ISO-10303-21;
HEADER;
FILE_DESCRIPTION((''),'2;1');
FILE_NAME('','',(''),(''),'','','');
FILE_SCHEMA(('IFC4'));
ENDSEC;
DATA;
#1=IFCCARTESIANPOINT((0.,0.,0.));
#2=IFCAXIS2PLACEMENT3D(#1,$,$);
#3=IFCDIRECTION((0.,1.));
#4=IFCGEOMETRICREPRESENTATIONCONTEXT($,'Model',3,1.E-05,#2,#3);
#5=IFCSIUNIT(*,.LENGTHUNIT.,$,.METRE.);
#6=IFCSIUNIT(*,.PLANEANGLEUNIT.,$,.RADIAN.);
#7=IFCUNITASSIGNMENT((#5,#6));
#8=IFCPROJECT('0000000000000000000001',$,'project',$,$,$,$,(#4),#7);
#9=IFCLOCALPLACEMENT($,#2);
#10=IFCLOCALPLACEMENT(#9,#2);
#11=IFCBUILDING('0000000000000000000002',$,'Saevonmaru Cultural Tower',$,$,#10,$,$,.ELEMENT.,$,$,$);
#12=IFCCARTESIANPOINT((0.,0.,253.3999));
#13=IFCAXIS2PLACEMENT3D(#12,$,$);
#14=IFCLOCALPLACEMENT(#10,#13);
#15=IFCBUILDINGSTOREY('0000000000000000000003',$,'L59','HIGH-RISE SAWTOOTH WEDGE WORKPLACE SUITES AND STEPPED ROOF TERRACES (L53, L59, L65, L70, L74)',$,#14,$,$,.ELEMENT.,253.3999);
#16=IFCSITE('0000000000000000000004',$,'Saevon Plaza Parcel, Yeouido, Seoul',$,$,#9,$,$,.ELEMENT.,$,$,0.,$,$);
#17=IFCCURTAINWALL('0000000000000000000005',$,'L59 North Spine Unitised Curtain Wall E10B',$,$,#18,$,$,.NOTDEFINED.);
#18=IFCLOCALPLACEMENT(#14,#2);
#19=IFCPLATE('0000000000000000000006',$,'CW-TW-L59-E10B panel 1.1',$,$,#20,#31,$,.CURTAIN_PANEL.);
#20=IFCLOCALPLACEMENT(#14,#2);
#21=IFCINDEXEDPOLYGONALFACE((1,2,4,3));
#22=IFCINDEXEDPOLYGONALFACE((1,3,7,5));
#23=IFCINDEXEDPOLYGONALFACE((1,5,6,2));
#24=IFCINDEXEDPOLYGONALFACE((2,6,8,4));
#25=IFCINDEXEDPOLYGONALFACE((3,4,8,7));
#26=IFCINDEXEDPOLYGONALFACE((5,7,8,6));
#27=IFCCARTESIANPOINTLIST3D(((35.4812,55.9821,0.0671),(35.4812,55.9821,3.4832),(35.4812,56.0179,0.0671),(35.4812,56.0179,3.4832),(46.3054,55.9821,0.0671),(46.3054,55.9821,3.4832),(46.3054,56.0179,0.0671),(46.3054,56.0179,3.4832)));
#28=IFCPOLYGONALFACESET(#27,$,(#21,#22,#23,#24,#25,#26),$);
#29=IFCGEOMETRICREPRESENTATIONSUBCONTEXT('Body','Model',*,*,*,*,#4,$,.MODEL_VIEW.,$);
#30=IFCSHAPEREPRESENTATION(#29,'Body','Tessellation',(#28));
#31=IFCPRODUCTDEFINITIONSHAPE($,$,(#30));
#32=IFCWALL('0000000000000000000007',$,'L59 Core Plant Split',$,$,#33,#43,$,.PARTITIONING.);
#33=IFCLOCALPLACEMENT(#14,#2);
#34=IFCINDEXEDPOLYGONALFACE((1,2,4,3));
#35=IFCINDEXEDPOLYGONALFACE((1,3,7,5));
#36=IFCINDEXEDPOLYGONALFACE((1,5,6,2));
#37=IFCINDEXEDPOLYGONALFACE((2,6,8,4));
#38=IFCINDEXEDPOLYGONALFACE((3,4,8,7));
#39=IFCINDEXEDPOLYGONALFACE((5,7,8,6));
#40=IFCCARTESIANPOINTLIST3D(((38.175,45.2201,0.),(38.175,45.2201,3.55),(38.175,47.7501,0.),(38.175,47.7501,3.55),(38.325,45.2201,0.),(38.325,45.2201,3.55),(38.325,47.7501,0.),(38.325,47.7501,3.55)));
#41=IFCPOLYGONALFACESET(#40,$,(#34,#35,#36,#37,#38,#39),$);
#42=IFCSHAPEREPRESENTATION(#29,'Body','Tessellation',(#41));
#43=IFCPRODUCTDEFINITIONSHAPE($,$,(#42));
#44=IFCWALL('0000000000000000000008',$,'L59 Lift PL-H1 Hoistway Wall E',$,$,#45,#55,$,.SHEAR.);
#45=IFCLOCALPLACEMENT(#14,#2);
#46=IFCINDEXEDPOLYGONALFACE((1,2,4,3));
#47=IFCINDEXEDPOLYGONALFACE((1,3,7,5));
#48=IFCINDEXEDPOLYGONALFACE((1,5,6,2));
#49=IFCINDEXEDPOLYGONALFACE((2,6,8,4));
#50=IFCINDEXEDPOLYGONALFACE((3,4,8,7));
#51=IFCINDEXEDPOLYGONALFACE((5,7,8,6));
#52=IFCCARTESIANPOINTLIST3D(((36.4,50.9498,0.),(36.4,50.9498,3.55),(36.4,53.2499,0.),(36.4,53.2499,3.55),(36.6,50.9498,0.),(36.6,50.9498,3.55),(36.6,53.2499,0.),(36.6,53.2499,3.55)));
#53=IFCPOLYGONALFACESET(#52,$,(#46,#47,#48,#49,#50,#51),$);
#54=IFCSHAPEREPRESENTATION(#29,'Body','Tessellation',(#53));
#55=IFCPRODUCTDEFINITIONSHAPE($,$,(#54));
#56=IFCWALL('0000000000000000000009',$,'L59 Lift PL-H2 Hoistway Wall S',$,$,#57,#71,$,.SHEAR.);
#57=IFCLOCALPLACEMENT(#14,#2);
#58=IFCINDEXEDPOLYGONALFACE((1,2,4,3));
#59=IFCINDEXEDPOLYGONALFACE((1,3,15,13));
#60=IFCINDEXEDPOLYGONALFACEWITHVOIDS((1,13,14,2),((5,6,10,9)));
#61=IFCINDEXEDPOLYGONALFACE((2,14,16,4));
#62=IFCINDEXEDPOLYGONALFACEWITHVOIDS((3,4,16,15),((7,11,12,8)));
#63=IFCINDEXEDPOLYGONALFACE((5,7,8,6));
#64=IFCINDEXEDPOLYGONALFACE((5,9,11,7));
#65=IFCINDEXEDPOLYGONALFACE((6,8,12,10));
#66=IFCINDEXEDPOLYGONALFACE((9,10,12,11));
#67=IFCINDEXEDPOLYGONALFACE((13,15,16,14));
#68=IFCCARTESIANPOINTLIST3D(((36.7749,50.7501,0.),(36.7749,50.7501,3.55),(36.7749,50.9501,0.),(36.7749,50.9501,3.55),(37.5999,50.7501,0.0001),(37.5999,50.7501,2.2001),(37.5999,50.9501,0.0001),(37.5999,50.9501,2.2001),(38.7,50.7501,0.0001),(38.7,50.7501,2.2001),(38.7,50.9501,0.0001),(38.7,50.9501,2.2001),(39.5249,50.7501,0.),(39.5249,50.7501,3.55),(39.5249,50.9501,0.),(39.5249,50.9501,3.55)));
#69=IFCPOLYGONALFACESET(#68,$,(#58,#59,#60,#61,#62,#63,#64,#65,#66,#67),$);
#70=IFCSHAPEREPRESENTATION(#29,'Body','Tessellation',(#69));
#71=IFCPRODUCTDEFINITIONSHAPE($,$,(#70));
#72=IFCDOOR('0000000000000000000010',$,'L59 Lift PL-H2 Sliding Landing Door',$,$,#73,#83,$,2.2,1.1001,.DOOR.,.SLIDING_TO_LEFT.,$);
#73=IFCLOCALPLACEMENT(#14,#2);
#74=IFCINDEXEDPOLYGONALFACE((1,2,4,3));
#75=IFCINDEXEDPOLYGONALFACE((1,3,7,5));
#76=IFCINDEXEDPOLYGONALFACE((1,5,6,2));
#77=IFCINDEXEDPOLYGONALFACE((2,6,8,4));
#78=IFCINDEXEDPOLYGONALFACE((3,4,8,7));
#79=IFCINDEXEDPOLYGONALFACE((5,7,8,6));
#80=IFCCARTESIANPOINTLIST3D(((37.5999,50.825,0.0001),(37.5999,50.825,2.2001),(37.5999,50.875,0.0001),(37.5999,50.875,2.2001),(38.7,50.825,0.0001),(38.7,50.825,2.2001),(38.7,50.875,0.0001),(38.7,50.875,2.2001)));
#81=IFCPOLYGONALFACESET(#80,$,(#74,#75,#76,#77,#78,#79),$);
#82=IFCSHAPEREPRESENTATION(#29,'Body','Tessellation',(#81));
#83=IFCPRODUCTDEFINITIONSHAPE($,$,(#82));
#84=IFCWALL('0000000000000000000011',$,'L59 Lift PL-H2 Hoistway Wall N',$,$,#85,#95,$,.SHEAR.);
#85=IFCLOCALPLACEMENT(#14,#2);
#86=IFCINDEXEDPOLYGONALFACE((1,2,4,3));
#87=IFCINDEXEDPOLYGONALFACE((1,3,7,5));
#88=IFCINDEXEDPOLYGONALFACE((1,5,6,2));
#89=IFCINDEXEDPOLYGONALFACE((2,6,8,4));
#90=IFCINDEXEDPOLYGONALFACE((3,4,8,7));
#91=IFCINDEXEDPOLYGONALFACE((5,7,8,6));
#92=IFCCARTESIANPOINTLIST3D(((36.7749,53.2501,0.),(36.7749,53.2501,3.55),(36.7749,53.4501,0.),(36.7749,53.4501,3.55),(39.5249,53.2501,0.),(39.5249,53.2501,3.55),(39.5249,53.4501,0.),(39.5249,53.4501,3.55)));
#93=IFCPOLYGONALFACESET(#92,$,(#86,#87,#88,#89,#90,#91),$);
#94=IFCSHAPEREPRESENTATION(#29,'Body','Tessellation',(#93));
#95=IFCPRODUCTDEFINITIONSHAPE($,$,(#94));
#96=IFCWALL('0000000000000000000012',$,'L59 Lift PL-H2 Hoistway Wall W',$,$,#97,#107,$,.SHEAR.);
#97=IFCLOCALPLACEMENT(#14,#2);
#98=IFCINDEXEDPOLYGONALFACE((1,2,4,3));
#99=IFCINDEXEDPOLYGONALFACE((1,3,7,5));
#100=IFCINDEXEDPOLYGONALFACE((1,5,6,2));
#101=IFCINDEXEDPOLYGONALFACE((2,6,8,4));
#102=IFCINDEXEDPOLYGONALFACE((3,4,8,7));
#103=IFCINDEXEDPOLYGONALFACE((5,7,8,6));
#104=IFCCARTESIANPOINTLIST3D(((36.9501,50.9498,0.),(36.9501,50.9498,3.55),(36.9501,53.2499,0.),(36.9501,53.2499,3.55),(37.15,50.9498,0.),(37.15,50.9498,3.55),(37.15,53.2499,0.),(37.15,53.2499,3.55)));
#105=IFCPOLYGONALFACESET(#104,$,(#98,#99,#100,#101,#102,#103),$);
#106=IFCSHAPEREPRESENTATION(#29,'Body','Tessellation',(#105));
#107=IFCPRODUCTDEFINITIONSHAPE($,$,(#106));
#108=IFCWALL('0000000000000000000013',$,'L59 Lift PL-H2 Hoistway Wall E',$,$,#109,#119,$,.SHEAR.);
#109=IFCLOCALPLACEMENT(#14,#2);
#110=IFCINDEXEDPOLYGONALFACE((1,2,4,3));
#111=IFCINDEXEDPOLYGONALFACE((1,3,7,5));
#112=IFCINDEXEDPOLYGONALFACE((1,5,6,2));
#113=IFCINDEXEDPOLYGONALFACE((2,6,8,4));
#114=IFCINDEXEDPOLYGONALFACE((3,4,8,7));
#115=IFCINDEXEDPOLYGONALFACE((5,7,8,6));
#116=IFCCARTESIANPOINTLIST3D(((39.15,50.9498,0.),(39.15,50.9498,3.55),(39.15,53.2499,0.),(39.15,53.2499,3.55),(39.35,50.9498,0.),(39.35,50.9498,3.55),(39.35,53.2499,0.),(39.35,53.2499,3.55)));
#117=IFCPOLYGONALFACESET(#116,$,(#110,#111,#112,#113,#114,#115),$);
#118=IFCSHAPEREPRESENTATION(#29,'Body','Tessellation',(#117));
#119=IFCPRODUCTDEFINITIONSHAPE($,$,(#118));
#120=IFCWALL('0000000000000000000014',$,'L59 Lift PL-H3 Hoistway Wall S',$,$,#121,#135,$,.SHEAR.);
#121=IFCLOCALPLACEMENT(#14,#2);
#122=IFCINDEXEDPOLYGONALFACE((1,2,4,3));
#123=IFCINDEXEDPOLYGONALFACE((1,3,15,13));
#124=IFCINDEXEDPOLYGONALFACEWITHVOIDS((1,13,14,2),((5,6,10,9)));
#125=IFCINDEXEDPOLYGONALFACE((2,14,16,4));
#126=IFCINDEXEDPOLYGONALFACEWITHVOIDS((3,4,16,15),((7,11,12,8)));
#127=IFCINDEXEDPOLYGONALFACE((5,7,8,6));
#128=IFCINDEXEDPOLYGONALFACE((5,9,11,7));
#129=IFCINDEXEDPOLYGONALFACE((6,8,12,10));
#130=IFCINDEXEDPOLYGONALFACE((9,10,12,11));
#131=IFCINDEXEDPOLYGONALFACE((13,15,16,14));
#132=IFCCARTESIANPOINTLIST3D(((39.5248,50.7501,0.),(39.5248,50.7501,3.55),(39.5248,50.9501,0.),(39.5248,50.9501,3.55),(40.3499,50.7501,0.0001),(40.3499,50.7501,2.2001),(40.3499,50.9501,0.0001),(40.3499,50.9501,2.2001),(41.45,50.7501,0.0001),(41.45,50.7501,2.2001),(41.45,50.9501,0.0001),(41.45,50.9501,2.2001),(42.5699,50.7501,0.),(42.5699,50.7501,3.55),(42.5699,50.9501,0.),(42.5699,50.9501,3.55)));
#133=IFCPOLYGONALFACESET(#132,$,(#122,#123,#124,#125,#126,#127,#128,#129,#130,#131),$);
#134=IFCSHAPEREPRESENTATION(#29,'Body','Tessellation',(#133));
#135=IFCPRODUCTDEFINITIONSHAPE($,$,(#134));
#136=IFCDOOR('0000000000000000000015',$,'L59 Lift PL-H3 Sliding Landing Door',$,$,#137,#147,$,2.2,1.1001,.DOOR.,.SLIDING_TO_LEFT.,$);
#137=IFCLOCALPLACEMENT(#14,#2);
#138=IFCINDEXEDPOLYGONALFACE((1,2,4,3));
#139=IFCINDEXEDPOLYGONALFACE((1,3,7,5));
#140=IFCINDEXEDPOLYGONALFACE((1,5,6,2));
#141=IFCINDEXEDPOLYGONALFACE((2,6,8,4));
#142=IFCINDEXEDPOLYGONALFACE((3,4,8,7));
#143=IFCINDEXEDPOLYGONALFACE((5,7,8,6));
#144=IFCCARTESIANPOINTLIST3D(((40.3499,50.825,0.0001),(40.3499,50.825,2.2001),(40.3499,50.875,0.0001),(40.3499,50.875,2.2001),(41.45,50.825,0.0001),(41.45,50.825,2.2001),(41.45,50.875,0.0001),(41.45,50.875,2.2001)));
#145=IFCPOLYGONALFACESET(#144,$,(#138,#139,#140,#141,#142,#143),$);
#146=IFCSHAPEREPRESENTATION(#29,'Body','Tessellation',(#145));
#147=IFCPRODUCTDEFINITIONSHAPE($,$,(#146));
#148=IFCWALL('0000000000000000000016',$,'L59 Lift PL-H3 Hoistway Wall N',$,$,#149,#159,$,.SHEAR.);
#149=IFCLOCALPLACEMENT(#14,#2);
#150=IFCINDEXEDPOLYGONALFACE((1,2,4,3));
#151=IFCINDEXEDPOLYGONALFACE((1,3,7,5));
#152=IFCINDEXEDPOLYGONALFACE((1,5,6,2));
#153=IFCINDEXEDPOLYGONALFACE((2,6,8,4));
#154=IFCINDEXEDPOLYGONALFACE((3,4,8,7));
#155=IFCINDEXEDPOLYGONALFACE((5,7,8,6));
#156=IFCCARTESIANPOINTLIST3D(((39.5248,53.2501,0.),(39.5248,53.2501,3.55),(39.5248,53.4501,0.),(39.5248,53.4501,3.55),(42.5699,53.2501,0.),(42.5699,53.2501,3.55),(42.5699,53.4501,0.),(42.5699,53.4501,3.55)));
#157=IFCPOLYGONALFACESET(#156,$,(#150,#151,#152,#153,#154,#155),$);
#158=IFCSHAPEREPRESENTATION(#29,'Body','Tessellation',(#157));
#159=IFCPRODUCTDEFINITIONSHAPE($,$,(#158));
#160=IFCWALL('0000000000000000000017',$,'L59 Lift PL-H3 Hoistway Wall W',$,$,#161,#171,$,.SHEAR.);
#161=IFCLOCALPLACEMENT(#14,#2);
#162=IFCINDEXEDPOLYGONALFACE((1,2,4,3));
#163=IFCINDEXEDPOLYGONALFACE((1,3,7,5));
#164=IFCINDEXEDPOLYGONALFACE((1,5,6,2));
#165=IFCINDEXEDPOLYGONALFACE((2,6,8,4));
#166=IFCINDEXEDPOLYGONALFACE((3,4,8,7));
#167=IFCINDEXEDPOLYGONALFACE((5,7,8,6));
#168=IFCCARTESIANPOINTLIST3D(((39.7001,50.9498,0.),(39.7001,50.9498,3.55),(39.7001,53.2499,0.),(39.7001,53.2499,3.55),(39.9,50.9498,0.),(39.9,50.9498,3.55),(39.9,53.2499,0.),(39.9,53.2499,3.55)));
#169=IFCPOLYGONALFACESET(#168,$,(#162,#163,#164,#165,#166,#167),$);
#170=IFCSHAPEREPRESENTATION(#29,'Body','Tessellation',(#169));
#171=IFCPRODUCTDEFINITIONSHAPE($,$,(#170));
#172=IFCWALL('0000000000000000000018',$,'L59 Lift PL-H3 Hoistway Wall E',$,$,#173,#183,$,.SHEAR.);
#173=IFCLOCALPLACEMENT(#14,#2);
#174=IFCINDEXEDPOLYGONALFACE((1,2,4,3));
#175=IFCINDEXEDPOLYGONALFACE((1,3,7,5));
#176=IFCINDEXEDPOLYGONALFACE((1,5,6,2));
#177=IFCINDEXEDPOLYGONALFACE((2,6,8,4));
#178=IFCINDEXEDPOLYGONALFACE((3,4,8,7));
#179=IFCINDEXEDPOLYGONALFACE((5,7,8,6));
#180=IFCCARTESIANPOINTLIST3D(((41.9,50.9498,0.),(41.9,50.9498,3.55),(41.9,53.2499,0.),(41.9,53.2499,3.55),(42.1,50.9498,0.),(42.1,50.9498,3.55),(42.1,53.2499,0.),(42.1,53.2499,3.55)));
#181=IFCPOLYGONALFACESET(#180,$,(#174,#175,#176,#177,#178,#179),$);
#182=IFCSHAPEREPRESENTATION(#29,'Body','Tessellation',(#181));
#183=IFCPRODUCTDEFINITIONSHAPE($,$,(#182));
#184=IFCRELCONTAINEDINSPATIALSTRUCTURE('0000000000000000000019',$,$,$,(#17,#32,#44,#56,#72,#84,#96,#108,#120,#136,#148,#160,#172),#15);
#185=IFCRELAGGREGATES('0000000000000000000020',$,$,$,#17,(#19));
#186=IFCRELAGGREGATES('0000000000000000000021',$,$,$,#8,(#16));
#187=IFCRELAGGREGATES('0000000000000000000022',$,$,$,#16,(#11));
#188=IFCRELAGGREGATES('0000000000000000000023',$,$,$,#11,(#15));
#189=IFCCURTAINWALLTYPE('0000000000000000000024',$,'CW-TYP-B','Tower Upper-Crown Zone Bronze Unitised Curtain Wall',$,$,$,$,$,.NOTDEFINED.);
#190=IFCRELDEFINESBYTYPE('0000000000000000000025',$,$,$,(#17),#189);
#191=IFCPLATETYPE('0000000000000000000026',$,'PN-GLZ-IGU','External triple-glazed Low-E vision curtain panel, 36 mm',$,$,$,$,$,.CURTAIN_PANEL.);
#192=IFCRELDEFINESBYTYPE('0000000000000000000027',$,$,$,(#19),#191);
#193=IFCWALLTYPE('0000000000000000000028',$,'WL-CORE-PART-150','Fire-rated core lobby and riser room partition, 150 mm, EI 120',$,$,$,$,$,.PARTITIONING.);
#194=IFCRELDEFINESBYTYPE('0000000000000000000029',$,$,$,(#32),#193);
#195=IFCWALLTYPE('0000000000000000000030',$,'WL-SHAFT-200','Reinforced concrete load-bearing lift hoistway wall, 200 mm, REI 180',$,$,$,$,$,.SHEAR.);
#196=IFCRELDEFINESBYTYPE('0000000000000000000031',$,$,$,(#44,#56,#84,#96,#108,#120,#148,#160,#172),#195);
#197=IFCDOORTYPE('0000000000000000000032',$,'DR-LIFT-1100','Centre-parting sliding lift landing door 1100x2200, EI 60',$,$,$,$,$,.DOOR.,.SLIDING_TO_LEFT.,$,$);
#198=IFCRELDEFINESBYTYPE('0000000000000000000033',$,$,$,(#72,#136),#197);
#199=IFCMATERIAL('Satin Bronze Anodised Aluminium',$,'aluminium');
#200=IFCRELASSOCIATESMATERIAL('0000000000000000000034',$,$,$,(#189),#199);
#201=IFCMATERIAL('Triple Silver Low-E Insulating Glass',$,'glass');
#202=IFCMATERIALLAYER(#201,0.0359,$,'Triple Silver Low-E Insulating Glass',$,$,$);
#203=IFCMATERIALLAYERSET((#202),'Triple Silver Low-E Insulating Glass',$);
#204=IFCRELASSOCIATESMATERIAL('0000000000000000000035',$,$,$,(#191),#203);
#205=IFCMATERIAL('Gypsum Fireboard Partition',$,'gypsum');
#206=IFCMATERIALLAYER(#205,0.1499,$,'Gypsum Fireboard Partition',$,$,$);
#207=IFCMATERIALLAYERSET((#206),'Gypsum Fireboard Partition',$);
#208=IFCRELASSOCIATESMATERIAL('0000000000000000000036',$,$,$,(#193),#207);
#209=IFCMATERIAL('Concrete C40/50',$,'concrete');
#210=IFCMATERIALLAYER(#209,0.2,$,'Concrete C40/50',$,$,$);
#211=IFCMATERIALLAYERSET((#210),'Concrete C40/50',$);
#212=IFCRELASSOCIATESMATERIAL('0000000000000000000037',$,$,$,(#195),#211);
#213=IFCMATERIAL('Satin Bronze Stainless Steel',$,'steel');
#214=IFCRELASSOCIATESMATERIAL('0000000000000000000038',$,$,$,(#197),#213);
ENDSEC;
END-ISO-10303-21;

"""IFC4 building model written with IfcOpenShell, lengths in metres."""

from ifc_helpers import new_model, si_unit, direction, frame, frame_2d, origin, origin_2d, place, context, subcontext, project, spatial, rectangle, extrude, material, layer, layer_set, type_object, element, fill, aggregate, save


model = new_model("IFC4")

# Units and contexts
model_context = context("Model", 3, precision=1e-05, world=origin(), true_north=direction((0.0, 1.0)))
body_context = subcontext(model_context, "Body", "Model", "MODEL_VIEW")
ifc_project = project(units=[si_unit("LENGTHUNIT", "METRE"), si_unit("PLANEANGLEUNIT", "RADIAN")], contexts=[model_context])

# Site, building, storey
site_placement = place(None, origin())
site = spatial("IfcSite", under=ifc_project, at=site_placement, Name="Saevon Plaza Parcel, Yeouido, Seoul", CompositionType="ELEMENT", RefElevation=0.0)
building_placement = place(site_placement, origin())
building = spatial("IfcBuilding", under=site, at=building_placement, Name="Saevonmaru Cultural Tower", CompositionType="ELEMENT")
storey_placement = place(building_placement, frame((0.0, 0.0, 253.3999)))
storey = spatial("IfcBuildingStorey", under=building, at=storey_placement, Name="L59", Description="HIGH-RISE SAWTOOTH WEDGE WORKPLACE SUITES AND STEPPED ROOF TERRACES (L53, L59, L65, L70, L74)", CompositionType="ELEMENT", Elevation=253.3999)

# Curtain wall, plate
ifc_material_1 = material(Name="Satin Bronze Anodised Aluminium", Category="aluminium")
curtain_wall_type = type_object("IfcCurtainWallType", Name="CW-TYP-B", Description="Tower Upper-Crown Zone Bronze Unitised Curtain Wall", PredefinedType="NOTDEFINED", material=ifc_material_1)
curtain_wall_placement = place(storey_placement, origin())
curtain_wall = element("IfcCurtainWall", 1, at=curtain_wall_placement, inside=storey, type_object=curtain_wall_type, Name="L59 North Spine Unitised Curtain Wall E10B", PredefinedType="NOTDEFINED")
ifc_material_2 = material(Name="Triple Silver Low-E Insulating Glass", Category="glass")
ifc_layer_1 = layer(ifc_material_2, 0.0359, Name="Triple Silver Low-E Insulating Glass")
ifc_layer_set_1 = layer_set([ifc_layer_1], Name="Triple Silver Low-E Insulating Glass")
plate_type = type_object("IfcPlateType", Name="PN-GLZ-IGU", Description="External triple-glazed Low-E vision curtain panel, 36 mm", PredefinedType="CURTAIN_PANEL", material=ifc_layer_set_1)
plate_placement = place(storey_placement, frame((40.8933, 56.0, 0.0671), z_axis=(0.0, 0.0, 1.0), x_axis=(-1.0, 0.0, 0.0)))
plate = element("IfcPlate", 2, at=plate_placement, type_object=plate_type, Name="CW-TW-L59-E10B panel 1.1", PredefinedType="CURTAIN_PANEL", context=body_context, shape_type="SweptSolid", body=[
    extrude(rectangle(XDim=10.8242, YDim=0.0359, at=origin_2d()), origin(), (0.0, 0.0, 1.0), 3.416),
])
aggregate(curtain_wall, [plate])

# Walls
ifc_material_3 = material(Name="Gypsum Fireboard Partition", Category="gypsum")
ifc_layer_2 = layer(ifc_material_3, 0.1499, Name="Gypsum Fireboard Partition")
ifc_layer_set_2 = layer_set([ifc_layer_2], Name="Gypsum Fireboard Partition")
wall_type_1 = type_object("IfcWallType", Name="WL-CORE-PART-150", Description="Fire-rated core lobby and riser room partition, 150 mm, EI 120", PredefinedType="PARTITIONING", material=ifc_layer_set_2)
wall_1_placement = place(storey_placement, frame((38.25, 45.22, 0.0), z_axis=(0.0, 0.0, 1.0), x_axis=(0.0, 1.0, 0.0)))
element("IfcWall", 3, at=wall_1_placement, inside=storey, type_object=wall_type_1, Name="L59 Core Plant Split", PredefinedType="PARTITIONING", context=body_context, shape_type="SweptSolid", body=[
    extrude(rectangle(XDim=2.53, YDim=0.1499, at=frame_2d((1.2651, 0.0))), origin(), (0.0, 0.0, 1.0), 3.55),
])
ifc_material_4 = material(Name="Concrete C40/50", Category="concrete")
ifc_layer_3 = layer(ifc_material_4, 0.2, Name="Concrete C40/50")
ifc_layer_set_3 = layer_set([ifc_layer_3], Name="Concrete C40/50")
wall_type_2 = type_object("IfcWallType", Name="WL-SHAFT-200", Description="Reinforced concrete load-bearing lift hoistway wall, 200 mm, REI 180", PredefinedType="SHEAR", material=ifc_layer_set_3)
wall_2_placement = place(storey_placement, frame((36.5, 50.95, 0.0), z_axis=(0.0, 0.0, 1.0), x_axis=(0.0, 1.0, 0.0)))
element("IfcWall", 4, at=wall_2_placement, inside=storey, type_object=wall_type_2, Name="L59 Lift PL-H1 Hoistway Wall E", PredefinedType="SHEAR", context=body_context, shape_type="SweptSolid", body=[
    extrude(rectangle(XDim=2.3, YDim=0.2, at=frame_2d((1.1499, 0.0))), origin(), (0.0, 0.0, 1.0), 3.55),
])

# Wall, opening, door
wall_3_placement = place(storey_placement, frame((36.7749, 50.8501, 0.0), z_axis=(0.0, 0.0, 1.0), x_axis=(1.0, 0.0, 0.0)))
wall_3 = element("IfcWall", 5, at=wall_3_placement, inside=storey, type_object=wall_type_2, Name="L59 Lift PL-H2 Hoistway Wall S", PredefinedType="SHEAR", context=body_context, shape_type="SweptSolid", body=[
    extrude(rectangle(XDim=2.75, YDim=0.2, at=frame_2d((1.375, 0.0))), origin(), (0.0, 0.0, 1.0), 3.55),
])
opening_1_placement = place(wall_3_placement, frame((0.825, 0.0, 0.0)))
opening_1 = element("IfcOpeningElement", 6, at=opening_1_placement, cuts=wall_3, PredefinedType="OPENING", context=body_context, shape_type="SweptSolid", body=[
    extrude(rectangle(XDim=1.1001, YDim=2.2, at=frame_2d((0.55, 1.1001))), frame((0.0, 0.1099, 0.0), z_axis=(0.0, -1.0, 0.0), x_axis=(1.0, 0.0, 0.0)), (0.0, 0.0, 1.0), 0.22),
])
ifc_material_5 = material(Name="Satin Bronze Stainless Steel", Category="steel")
door_type_1 = type_object("IfcDoorType", Name="DR-LIFT-1100", Description="Centre-parting sliding lift landing door 1100x2200, EI 60", OperationType="SLIDING_TO_LEFT", PredefinedType="DOOR", material=ifc_material_5)
door_1_placement = place(opening_1_placement, origin())
door_1 = element("IfcDoor", 7, at=door_1_placement, inside=storey, type_object=door_type_1, Name="L59 Lift PL-H2 Sliding Landing Door", OperationType="SLIDING_TO_LEFT", OverallHeight=2.2, OverallWidth=1.1001, PredefinedType="DOOR", context=body_context, shape_type="SweptSolid", body=[
    extrude(rectangle(XDim=1.1001, YDim=2.2, at=frame_2d((0.55, 1.1001))), frame((0.0, 0.0249, 0.0), z_axis=(0.0, -1.0, 0.0), x_axis=(1.0, 0.0, 0.0)), (0.0, 0.0, 1.0), 0.05),
])
fill(opening_1, door_1)

# Walls
wall_4_placement = place(storey_placement, frame((36.7749, 53.3501, 0.0), z_axis=(0.0, 0.0, 1.0), x_axis=(1.0, 0.0, 0.0)))
element("IfcWall", 8, at=wall_4_placement, inside=storey, type_object=wall_type_2, Name="L59 Lift PL-H2 Hoistway Wall N", PredefinedType="SHEAR", context=body_context, shape_type="SweptSolid", body=[
    extrude(rectangle(XDim=2.75, YDim=0.2, at=frame_2d((1.375, 0.0))), origin(), (0.0, 0.0, 1.0), 3.55),
])
for number, where, z_axis, x_axis, name in (
    (9, (37.05, 50.95, 0.0), (0.0, 0.0, 1.0), (0.0, 1.0, 0.0), "L59 Lift PL-H2 Hoistway Wall W"),
    (10, (39.25, 50.95, 0.0), (0.0, 0.0, 1.0), (0.0, 1.0, 0.0), "L59 Lift PL-H2 Hoistway Wall E"),
):
    element("IfcWall", number, at=place(storey_placement, frame(where, z_axis=z_axis, x_axis=x_axis)), inside=storey, type_object=wall_type_2, Name=name, PredefinedType="SHEAR", context=body_context, shape_type="SweptSolid", body=[
        extrude(rectangle(XDim=2.3, YDim=0.2, at=frame_2d((1.1499, 0.0))), origin(), (0.0, 0.0, 1.0), 3.55),
    ])

# Wall, opening, door
wall_5_placement = place(storey_placement, frame((39.5249, 50.8501, 0.0), z_axis=(0.0, 0.0, 1.0), x_axis=(1.0, 0.0, 0.0)))
wall_5 = element("IfcWall", 11, at=wall_5_placement, inside=storey, type_object=wall_type_2, Name="L59 Lift PL-H3 Hoistway Wall S", PredefinedType="SHEAR", context=body_context, shape_type="SweptSolid", body=[
    extrude(rectangle(XDim=3.0452, YDim=0.2, at=frame_2d((1.5225, 0.0))), origin(), (0.0, 0.0, 1.0), 3.55),
])
opening_2_placement = place(wall_5_placement, frame((0.825, 0.0, 0.0)))
opening_2 = element("IfcOpeningElement", 12, at=opening_2_placement, cuts=wall_5, PredefinedType="OPENING", context=body_context, shape_type="SweptSolid", body=[
    extrude(rectangle(XDim=1.1001, YDim=2.2, at=frame_2d((0.55, 1.1001))), frame((0.0, 0.1099, 0.0), z_axis=(0.0, -1.0, 0.0), x_axis=(1.0, 0.0, 0.0)), (0.0, 0.0, 1.0), 0.22),
])
door_2_placement = place(opening_2_placement, origin())
door_2 = element("IfcDoor", 13, at=door_2_placement, inside=storey, type_object=door_type_1, Name="L59 Lift PL-H3 Sliding Landing Door", OperationType="SLIDING_TO_LEFT", OverallHeight=2.2, OverallWidth=1.1001, PredefinedType="DOOR", context=body_context, shape_type="SweptSolid", body=[
    extrude(rectangle(XDim=1.1001, YDim=2.2, at=frame_2d((0.55, 1.1001))), frame((0.0, 0.0249, 0.0), z_axis=(0.0, -1.0, 0.0), x_axis=(1.0, 0.0, 0.0)), (0.0, 0.0, 1.0), 0.05),
])
fill(opening_2, door_2)

# Walls
wall_6_placement = place(storey_placement, frame((39.5249, 53.3501, 0.0), z_axis=(0.0, 0.0, 1.0), x_axis=(1.0, 0.0, 0.0)))
element("IfcWall", 14, at=wall_6_placement, inside=storey, type_object=wall_type_2, Name="L59 Lift PL-H3 Hoistway Wall N", PredefinedType="SHEAR", context=body_context, shape_type="SweptSolid", body=[
    extrude(rectangle(XDim=3.0452, YDim=0.2, at=frame_2d((1.5225, 0.0))), origin(), (0.0, 0.0, 1.0), 3.55),
])
for number, where, z_axis, x_axis, name in (
    (15, (39.8, 50.95, 0.0), (0.0, 0.0, 1.0), (0.0, 1.0, 0.0), "L59 Lift PL-H3 Hoistway Wall W"),
    (16, (42.0, 50.95, 0.0), (0.0, 0.0, 1.0), (0.0, 1.0, 0.0), "L59 Lift PL-H3 Hoistway Wall E"),
):
    element("IfcWall", number, at=place(storey_placement, frame(where, z_axis=z_axis, x_axis=x_axis)), inside=storey, type_object=wall_type_2, Name=name, PredefinedType="SHEAR", context=body_context, shape_type="SweptSolid", body=[
        extrude(rectangle(XDim=2.3, YDim=0.2, at=frame_2d((1.1499, 0.0))), origin(), (0.0, 0.0, 1.0), 3.55),
    ])

save(model, "model.ifc")
